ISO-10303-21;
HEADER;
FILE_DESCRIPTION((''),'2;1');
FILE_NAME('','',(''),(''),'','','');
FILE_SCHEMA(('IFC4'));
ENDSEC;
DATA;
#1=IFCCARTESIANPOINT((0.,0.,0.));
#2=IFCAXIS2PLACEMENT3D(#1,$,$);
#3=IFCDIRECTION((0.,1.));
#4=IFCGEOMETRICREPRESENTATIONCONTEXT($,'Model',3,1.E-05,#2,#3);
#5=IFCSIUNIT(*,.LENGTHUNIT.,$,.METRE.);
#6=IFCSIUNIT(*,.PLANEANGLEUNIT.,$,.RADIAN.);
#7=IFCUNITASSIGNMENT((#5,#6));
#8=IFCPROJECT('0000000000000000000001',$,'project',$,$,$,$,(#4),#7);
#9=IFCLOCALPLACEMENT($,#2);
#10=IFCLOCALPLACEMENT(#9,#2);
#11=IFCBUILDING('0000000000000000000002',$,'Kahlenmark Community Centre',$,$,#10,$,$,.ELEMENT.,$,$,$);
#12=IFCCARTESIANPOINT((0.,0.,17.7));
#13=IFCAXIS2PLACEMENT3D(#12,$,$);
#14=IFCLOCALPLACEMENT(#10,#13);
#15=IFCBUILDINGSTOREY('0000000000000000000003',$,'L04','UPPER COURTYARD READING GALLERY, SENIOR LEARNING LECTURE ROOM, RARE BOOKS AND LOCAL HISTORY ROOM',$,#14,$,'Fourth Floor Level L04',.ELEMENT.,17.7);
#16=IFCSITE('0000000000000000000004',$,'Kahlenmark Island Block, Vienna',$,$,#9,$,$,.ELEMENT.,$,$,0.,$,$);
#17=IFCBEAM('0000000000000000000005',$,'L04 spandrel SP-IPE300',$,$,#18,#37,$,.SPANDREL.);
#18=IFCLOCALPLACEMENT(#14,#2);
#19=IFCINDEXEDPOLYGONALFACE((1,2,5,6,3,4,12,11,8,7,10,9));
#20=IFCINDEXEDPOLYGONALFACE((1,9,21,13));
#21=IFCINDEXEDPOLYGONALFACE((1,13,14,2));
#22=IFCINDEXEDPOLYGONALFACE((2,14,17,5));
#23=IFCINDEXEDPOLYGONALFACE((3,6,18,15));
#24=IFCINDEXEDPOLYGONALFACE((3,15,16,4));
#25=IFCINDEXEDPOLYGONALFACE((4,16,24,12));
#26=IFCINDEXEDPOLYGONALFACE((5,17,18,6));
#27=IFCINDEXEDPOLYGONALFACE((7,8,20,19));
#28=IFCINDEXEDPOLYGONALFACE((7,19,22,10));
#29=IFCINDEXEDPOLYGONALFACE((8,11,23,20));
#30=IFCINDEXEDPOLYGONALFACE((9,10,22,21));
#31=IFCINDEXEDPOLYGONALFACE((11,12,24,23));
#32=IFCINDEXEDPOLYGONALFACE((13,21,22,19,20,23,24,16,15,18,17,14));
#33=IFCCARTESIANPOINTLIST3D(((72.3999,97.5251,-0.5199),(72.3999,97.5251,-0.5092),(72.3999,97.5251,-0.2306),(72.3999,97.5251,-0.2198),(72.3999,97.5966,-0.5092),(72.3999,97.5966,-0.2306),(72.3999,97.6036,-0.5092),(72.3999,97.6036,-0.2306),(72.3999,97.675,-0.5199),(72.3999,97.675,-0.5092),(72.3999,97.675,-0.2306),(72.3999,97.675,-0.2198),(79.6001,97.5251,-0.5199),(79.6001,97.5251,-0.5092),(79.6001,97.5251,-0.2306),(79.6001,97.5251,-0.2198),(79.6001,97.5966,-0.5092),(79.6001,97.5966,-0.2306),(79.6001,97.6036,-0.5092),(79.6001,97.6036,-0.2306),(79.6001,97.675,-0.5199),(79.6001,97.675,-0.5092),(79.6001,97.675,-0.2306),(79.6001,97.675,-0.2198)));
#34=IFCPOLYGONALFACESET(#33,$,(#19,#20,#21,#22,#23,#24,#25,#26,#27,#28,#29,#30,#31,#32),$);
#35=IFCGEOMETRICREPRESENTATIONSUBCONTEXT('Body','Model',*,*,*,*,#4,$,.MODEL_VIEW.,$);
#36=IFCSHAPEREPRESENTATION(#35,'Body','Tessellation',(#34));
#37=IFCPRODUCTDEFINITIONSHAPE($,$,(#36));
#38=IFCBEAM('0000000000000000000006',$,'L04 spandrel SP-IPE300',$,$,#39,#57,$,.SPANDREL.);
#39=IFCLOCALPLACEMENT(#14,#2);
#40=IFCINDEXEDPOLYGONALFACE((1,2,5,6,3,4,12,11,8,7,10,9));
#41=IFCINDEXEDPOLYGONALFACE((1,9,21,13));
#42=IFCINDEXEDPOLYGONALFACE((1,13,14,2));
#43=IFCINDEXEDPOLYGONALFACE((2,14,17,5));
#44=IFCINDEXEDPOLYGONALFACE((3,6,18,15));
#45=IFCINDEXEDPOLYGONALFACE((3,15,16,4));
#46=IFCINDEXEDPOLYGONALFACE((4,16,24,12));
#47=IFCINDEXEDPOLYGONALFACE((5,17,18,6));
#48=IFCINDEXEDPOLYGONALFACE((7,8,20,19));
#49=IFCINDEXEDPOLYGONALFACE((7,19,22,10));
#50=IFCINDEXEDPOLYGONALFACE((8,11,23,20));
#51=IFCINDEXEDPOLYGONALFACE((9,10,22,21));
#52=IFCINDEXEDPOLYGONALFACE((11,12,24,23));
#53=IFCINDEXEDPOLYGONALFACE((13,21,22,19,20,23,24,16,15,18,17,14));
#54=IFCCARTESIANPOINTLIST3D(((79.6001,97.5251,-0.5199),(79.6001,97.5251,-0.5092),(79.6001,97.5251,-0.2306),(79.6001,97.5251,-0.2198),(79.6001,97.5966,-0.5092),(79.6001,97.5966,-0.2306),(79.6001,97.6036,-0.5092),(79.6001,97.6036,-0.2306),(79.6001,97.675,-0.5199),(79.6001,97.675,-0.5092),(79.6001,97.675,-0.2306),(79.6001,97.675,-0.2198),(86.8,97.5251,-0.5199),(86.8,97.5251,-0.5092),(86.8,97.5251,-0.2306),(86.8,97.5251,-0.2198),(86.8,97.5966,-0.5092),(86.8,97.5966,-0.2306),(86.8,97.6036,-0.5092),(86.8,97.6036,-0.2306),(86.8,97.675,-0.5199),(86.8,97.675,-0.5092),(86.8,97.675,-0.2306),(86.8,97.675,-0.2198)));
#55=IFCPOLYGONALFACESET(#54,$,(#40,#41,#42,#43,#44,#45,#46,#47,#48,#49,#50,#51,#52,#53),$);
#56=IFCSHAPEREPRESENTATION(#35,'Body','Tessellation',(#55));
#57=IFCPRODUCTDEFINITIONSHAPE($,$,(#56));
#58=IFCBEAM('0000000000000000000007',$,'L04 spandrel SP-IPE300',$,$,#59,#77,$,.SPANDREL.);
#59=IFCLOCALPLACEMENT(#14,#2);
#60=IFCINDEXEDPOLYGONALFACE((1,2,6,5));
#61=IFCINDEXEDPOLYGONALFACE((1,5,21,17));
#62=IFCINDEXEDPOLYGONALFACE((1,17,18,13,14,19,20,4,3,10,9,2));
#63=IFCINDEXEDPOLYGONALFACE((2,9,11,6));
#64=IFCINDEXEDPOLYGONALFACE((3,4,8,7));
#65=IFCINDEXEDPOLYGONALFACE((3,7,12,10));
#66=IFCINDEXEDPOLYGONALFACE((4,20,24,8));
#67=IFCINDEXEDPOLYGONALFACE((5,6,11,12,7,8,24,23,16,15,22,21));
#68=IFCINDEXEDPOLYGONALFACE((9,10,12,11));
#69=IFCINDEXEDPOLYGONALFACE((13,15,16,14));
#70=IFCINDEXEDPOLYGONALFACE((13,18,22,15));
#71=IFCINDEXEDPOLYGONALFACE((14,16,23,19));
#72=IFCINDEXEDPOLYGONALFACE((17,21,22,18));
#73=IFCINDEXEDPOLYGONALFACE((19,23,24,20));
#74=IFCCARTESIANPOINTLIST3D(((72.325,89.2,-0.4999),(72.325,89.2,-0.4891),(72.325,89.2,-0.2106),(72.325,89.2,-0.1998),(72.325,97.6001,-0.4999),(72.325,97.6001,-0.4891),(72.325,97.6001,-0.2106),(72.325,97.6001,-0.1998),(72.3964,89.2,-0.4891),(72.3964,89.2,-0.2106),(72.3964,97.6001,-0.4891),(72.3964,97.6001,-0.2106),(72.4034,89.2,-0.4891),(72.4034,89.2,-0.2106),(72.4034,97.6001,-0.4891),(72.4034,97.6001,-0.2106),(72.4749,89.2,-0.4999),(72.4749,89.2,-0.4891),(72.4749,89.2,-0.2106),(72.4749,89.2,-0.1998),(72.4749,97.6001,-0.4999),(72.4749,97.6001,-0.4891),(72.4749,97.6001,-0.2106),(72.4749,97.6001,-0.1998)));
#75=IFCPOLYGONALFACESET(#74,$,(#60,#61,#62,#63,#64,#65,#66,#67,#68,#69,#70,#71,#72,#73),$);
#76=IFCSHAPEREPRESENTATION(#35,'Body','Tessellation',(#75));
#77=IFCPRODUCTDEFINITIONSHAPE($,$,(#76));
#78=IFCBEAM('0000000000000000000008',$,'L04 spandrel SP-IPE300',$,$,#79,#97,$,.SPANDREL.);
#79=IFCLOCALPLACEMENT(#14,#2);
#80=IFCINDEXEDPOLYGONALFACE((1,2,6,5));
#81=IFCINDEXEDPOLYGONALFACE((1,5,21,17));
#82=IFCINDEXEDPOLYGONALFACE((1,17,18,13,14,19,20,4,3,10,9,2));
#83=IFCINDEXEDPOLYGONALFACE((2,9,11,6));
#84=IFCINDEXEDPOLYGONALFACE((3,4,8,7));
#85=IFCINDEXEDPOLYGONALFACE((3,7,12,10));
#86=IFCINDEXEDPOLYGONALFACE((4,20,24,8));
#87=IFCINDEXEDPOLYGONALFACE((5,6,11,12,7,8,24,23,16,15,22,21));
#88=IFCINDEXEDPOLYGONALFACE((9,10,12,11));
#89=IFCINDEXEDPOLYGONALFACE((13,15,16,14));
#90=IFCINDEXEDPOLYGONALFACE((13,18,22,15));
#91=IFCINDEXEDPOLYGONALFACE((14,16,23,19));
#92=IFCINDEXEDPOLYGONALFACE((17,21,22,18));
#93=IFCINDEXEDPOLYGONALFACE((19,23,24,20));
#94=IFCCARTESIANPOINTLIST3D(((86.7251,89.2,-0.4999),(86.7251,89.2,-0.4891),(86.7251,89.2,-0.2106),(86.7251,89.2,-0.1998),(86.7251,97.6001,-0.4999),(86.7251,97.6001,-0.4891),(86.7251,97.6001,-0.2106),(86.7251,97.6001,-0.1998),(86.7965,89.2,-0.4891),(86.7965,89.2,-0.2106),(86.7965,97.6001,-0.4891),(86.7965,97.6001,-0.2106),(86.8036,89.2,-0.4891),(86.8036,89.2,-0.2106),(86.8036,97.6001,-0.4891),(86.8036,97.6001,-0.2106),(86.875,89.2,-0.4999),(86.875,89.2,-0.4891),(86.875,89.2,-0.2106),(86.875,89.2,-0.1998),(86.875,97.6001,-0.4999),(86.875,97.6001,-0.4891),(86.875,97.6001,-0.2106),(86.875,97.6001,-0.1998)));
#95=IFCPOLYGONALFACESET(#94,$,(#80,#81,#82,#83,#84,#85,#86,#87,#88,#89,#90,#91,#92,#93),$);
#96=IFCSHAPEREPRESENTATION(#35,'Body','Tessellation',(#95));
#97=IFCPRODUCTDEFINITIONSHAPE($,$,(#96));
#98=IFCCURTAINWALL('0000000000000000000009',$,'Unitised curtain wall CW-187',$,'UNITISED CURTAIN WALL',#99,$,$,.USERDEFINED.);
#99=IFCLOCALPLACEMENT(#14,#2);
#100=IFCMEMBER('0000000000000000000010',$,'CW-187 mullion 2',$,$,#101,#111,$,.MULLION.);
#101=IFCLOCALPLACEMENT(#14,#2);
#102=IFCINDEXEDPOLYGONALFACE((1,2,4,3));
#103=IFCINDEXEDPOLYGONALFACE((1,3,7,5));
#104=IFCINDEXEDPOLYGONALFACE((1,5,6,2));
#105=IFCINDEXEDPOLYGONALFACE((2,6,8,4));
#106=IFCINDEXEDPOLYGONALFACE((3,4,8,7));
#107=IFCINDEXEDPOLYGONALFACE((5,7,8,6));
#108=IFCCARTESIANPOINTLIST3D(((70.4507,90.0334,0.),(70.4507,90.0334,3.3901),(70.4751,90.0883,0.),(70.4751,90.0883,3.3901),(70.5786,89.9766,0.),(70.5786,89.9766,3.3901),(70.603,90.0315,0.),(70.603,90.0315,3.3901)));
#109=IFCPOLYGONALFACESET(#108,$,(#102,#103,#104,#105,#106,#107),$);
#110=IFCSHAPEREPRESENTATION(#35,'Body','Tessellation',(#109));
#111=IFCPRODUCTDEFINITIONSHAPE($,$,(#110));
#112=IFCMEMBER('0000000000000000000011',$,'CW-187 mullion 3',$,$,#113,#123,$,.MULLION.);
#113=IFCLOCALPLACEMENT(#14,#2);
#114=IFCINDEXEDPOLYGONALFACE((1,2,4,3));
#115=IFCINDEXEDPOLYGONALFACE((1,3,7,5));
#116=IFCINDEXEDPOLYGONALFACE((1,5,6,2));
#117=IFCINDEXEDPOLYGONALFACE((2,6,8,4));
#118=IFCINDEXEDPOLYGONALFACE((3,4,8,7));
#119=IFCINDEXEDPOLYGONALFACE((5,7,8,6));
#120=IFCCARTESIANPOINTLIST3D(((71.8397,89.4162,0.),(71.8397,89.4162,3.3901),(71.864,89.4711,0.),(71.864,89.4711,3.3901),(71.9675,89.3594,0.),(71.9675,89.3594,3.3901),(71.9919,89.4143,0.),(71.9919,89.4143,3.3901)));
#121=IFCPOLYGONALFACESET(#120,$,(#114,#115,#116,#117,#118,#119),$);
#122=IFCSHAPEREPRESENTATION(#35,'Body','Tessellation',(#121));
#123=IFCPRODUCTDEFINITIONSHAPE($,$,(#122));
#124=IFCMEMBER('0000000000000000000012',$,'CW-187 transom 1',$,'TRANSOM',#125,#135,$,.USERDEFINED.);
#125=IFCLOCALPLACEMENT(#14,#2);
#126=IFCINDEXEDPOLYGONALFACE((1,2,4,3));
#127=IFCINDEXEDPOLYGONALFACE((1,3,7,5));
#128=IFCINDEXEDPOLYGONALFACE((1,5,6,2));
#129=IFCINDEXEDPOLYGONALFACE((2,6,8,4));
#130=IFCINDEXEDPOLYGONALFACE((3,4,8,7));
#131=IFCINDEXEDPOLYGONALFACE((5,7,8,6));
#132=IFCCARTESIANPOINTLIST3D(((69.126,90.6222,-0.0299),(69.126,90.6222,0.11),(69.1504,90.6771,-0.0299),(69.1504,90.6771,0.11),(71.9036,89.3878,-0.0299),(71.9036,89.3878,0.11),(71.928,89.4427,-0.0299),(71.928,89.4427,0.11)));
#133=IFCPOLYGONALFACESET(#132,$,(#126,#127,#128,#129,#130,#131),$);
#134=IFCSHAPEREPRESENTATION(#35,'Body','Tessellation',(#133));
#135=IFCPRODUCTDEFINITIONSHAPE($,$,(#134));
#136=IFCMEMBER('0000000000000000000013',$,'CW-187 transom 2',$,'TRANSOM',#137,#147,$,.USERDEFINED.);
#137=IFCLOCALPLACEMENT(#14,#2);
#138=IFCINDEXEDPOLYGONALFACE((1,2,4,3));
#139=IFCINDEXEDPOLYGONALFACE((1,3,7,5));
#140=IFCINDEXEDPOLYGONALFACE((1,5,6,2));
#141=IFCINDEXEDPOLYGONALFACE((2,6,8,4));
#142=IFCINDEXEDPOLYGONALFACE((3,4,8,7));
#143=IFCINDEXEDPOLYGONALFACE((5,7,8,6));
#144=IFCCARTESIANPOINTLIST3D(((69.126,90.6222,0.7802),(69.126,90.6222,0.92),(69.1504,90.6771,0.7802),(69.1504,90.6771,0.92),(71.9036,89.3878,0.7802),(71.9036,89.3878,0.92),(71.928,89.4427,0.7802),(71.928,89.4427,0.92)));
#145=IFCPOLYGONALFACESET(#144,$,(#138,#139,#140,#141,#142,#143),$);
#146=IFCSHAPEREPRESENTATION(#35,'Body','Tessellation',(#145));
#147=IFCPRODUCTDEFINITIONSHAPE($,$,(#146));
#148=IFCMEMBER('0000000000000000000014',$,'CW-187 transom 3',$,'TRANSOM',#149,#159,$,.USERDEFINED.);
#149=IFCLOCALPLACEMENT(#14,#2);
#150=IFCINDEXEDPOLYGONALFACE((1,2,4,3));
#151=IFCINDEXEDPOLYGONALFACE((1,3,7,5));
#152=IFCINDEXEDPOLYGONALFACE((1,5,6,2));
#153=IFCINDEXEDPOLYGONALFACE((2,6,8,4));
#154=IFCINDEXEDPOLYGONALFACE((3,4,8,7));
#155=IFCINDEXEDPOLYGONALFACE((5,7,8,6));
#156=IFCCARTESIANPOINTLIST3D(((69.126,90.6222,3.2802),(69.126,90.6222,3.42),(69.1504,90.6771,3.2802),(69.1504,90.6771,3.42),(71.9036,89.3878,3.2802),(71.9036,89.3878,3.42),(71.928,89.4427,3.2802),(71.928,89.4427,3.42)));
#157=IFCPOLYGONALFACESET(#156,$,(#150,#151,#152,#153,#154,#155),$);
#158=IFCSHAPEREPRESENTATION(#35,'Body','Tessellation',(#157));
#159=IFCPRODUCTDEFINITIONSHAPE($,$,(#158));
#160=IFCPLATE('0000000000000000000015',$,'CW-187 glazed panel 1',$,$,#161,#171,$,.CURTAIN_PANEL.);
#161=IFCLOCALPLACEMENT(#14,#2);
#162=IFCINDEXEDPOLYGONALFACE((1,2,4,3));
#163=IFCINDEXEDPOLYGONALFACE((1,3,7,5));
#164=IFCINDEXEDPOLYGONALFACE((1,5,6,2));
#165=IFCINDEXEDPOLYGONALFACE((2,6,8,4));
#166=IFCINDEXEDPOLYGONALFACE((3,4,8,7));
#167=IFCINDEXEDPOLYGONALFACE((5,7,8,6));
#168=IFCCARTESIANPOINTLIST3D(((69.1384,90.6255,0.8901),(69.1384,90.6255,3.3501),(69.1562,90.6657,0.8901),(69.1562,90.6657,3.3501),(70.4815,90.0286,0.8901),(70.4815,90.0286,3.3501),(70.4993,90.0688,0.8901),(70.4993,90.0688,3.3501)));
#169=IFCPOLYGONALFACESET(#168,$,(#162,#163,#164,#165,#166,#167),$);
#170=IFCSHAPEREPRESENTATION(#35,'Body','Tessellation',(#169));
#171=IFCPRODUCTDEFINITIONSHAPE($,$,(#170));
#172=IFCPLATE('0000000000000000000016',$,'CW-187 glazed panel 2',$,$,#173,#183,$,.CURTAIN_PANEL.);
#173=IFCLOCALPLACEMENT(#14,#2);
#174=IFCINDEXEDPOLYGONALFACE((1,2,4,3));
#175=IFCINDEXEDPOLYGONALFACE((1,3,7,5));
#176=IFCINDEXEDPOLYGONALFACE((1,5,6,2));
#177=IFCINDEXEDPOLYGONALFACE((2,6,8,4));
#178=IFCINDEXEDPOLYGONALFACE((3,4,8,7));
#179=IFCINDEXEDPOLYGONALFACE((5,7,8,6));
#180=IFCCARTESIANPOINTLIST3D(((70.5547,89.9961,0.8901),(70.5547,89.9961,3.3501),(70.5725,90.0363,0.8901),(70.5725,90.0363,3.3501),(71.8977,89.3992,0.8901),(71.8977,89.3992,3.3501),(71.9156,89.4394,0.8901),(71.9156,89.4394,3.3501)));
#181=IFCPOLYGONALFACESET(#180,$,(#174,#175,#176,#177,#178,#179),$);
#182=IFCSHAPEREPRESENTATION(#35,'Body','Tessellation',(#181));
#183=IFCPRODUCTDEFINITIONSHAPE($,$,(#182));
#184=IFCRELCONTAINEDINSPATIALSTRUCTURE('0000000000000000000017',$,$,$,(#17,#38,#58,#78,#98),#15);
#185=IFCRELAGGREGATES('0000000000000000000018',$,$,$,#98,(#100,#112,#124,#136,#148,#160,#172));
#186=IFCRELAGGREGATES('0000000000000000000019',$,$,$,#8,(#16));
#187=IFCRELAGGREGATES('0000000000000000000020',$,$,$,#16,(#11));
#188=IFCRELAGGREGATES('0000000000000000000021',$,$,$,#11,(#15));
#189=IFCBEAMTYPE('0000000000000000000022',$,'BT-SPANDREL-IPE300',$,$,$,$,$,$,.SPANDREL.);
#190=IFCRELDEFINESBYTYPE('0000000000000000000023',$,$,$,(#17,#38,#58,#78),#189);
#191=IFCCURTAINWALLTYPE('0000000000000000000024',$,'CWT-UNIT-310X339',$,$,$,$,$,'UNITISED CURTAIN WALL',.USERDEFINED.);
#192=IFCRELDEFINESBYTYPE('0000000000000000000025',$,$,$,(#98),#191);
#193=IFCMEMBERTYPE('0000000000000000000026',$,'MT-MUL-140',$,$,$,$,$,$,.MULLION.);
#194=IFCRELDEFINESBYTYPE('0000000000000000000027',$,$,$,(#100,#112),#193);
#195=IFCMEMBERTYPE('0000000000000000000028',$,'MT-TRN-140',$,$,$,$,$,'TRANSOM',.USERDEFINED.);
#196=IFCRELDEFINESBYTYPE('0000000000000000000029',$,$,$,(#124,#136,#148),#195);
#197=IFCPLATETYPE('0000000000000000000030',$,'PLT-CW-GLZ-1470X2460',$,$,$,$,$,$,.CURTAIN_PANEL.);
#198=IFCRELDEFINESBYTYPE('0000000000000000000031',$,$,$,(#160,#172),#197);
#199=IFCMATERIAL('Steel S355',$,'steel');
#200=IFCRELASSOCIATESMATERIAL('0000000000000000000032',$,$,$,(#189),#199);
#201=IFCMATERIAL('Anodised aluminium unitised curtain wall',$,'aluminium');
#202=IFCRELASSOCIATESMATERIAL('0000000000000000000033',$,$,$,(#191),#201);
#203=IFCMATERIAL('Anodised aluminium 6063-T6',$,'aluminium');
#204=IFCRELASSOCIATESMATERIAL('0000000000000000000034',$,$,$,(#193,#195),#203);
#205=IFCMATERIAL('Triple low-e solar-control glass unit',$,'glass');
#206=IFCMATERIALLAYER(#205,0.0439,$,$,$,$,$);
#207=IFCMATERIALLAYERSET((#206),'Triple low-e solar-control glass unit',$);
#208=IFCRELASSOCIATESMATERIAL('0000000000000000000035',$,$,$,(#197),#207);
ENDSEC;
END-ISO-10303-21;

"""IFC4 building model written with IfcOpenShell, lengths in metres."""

from ifc_helpers import new_model, si_unit, direction, frame, origin, origin_2d, place, context, subcontext, project, spatial, rectangle, i_section, extrude, material, layer, layer_set, material_profile, profile_set, type_object, element, aggregate, save


model = new_model("IFC4")

# Units and contexts
model_context = context("Model", 3, precision=1e-05, world=origin(), true_north=direction((0.0, 1.0)))
body_context = subcontext(model_context, "Body", "Model", "MODEL_VIEW")
ifc_project = project(units=[si_unit("LENGTHUNIT", "METRE"), si_unit("PLANEANGLEUNIT", "RADIAN")], contexts=[model_context])

# Site, building, storey
site_placement = place(None, origin())
site = spatial("IfcSite", under=ifc_project, at=site_placement, Name="Kahlenmark Island Block, Vienna", CompositionType="ELEMENT", RefElevation=0.0)
building_placement = place(site_placement, origin())
building = spatial("IfcBuilding", under=site, at=building_placement, Name="Kahlenmark Community Centre", CompositionType="ELEMENT")
storey_placement = place(building_placement, frame((0.0, 0.0, 17.7)))
storey = spatial("IfcBuildingStorey", under=building, at=storey_placement, Name="L04", Description="UPPER COURTYARD READING GALLERY, SENIOR LEARNING LECTURE ROOM, RARE BOOKS AND LOCAL HISTORY ROOM", LongName="Fourth Floor Level L04", CompositionType="ELEMENT", Elevation=17.7)

# Beams
ifc_material_1 = material(Name="Steel S355", Category="steel")
ifc_material_profile_1 = material_profile(ifc_material_1, i_section(OverallWidth=0.1499, OverallDepth=0.3, WebThickness=0.0071, FlangeThickness=0.0107, at=origin_2d()), Name="IPE 300")
ifc_profile_set_1 = profile_set([ifc_material_profile_1], Name="Steel S355")
beam_type_1 = type_object("IfcBeamType", Name="BT-SPANDREL-IPE300", PredefinedType="SPANDREL", material=ifc_profile_set_1)
beam_1_placement = place(storey_placement, frame((72.3999, 97.6001, -0.3699), z_axis=(1.0, 0.0, 0.0), x_axis=(0.0, 1.0, 0.0)))
element("IfcBeam", 1, at=beam_1_placement, inside=storey, type_object=beam_type_1, Name="L04 spandrel SP-IPE300", PredefinedType="SPANDREL", context=body_context, shape_type="SweptSolid", body=[
    extrude(i_section(OverallWidth=0.1499, OverallDepth=0.3, WebThickness=0.0071, FlangeThickness=0.0107, at=origin_2d()), origin(), (0.0, 0.0, 1.0), 7.2002),
])
beam_2_placement = place(storey_placement, frame((79.6001, 97.6001, -0.3699), z_axis=(1.0, 0.0, 0.0), x_axis=(0.0, 1.0, 0.0)))
element("IfcBeam", 2, at=beam_2_placement, inside=storey, type_object=beam_type_1, Name="L04 spandrel SP-IPE300", PredefinedType="SPANDREL", context=body_context, shape_type="SweptSolid", body=[
    extrude(i_section(OverallWidth=0.1499, OverallDepth=0.3, WebThickness=0.0071, FlangeThickness=0.0107, at=origin_2d()), origin(), (0.0, 0.0, 1.0), 7.2),
])
for number, where, z_axis, x_axis, name in (
    (3, (72.3999, 89.2, -0.3499), (0.0, 1.0, 0.0), (-1.0, 0.0, 0.0), "L04 spandrel SP-IPE300"),
    (4, (86.8, 89.2, -0.3499), (0.0, 1.0, 0.0), (-1.0, 0.0, 0.0), "L04 spandrel SP-IPE300"),
):
    element("IfcBeam", number, at=place(storey_placement, frame(where, z_axis=z_axis, x_axis=x_axis)), inside=storey, type_object=beam_type_1, Name=name, PredefinedType="SPANDREL", context=body_context, shape_type="SweptSolid", body=[
        extrude(i_section(OverallWidth=0.1499, OverallDepth=0.3, WebThickness=0.0071, FlangeThickness=0.0107, at=origin_2d()), origin(), (0.0, 0.0, 1.0), 8.4001),
    ])

# Curtain wall, members, plates
ifc_material_2 = material(Name="Anodised aluminium unitised curtain wall", Category="aluminium")
curtain_wall_type = type_object("IfcCurtainWallType", Name="CWT-UNIT-310X339", ElementType="UNITISED CURTAIN WALL", PredefinedType="USERDEFINED", material=ifc_material_2)
curtain_wall_placement = place(storey_placement, origin())
curtain_wall = element("IfcCurtainWall", 5, at=curtain_wall_placement, inside=storey, type_object=curtain_wall_type, Name="Unitised curtain wall CW-187", ObjectType="UNITISED CURTAIN WALL", PredefinedType="USERDEFINED")
ifc_material_3 = material(Name="Anodised aluminium 6063-T6", Category="aluminium")
ifc_material_profile_2 = material_profile(ifc_material_3, rectangle(XDim=0.0601, YDim=0.1399, at=origin_2d()), Name="ALU MULLION 60x140")
ifc_profile_set_2 = profile_set([ifc_material_profile_2], Name="Anodised aluminium 6063-T6")
member_type_1 = type_object("IfcMemberType", Name="MT-MUL-140", PredefinedType="MULLION", material=ifc_profile_set_2)
member_1_placement = place(storey_placement, frame((70.5269, 90.0325, 0.0), z_axis=(0.0, 0.0, 1.0), x_axis=(0.406126, 0.913817, 0.0)))
member_1 = element("IfcMember", 6, at=member_1_placement, type_object=member_type_1, Name="CW-187 mullion 2", PredefinedType="MULLION", context=body_context, shape_type="SweptSolid", body=[
    extrude(rectangle(XDim=0.0601, YDim=0.1399, at=origin_2d()), origin(), (0.0, 0.0, 1.0), 3.3901),
])
member_2_placement = place(storey_placement, frame((71.9158, 89.4153, 0.0), z_axis=(0.0, 0.0, 1.0), x_axis=(0.406126, 0.913817, 0.0)))
member_2 = element("IfcMember", 7, at=member_2_placement, type_object=member_type_1, Name="CW-187 mullion 3", PredefinedType="MULLION", context=body_context, shape_type="SweptSolid", body=[
    extrude(rectangle(XDim=0.0601, YDim=0.1399, at=origin_2d()), origin(), (0.0, 0.0, 1.0), 3.3901),
])
ifc_material_profile_3 = material_profile(ifc_material_3, rectangle(XDim=0.0601, YDim=0.1399, at=origin_2d()), Name="ALU TRANSOM 60x140")
ifc_profile_set_3 = profile_set([ifc_material_profile_3], Name="Anodised aluminium 6063-T6")
member_type_2 = type_object("IfcMemberType", Name="MT-TRN-140", ElementType="TRANSOM", PredefinedType="USERDEFINED", material=ifc_profile_set_3)
member_3_placement = place(storey_placement, frame((69.1382, 90.6497, 0.04), z_axis=(0.913825, -0.406109, 0.0), x_axis=(0.406109, 0.913825, 0.0)))
member_3 = element("IfcMember", 8, at=member_3_placement, type_object=member_type_2, Name="CW-187 transom 1", ObjectType="TRANSOM", PredefinedType="USERDEFINED", context=body_context, shape_type="SweptSolid", body=[
    extrude(rectangle(XDim=0.0601, YDim=0.1399, at=origin_2d()), origin(), (0.0, 0.0, 1.0), 3.0396),
])
member_4_placement = place(storey_placement, frame((69.1382, 90.6497, 0.8501), z_axis=(0.913825, -0.406109, 0.0), x_axis=(0.406109, 0.913825, 0.0)))
member_4 = element("IfcMember", 9, at=member_4_placement, type_object=member_type_2, Name="CW-187 transom 2", ObjectType="TRANSOM", PredefinedType="USERDEFINED", context=body_context, shape_type="SweptSolid", body=[
    extrude(rectangle(XDim=0.0601, YDim=0.1399, at=origin_2d()), origin(), (0.0, 0.0, 1.0), 3.0396),
])
member_5_placement = place(storey_placement, frame((69.1382, 90.6497, 3.3501), z_axis=(0.913825, -0.406109, 0.0), x_axis=(0.406109, 0.913825, 0.0)))
member_5 = element("IfcMember", 10, at=member_5_placement, type_object=member_type_2, Name="CW-187 transom 3", ObjectType="TRANSOM", PredefinedType="USERDEFINED", context=body_context, shape_type="SweptSolid", body=[
    extrude(rectangle(XDim=0.0601, YDim=0.1399, at=origin_2d()), origin(), (0.0, 0.0, 1.0), 3.0396),
])
ifc_material_4 = material(Name="Triple low-e solar-control glass unit", Category="glass")
ifc_layer_1 = layer(ifc_material_4, 0.0439)
ifc_layer_set_1 = layer_set([ifc_layer_1], Name="Triple low-e solar-control glass unit")
plate_type_1 = type_object("IfcPlateType", Name="PLT-CW-GLZ-1470X2460", PredefinedType="CURTAIN_PANEL", material=ifc_layer_set_1)
plate_1_placement = place(storey_placement, frame((69.8188, 90.3472, 0.8901), z_axis=(0.0, 0.0, 1.0), x_axis=(0.913817, -0.406126, 0.0)))
plate_1 = element("IfcPlate", 11, at=plate_1_placement, type_object=plate_type_1, Name="CW-187 glazed panel 1", PredefinedType="CURTAIN_PANEL", context=body_context, shape_type="SweptSolid", body=[
    extrude(rectangle(XDim=1.4697, YDim=0.0439, at=origin_2d()), origin(), (0.0, 0.0, 1.0), 2.46),
])
plate_2_placement = place(storey_placement, frame((71.2351, 89.7178, 0.8901), z_axis=(0.0, 0.0, 1.0), x_axis=(0.913817, -0.406126, 0.0)))
plate_2 = element("IfcPlate", 12, at=plate_2_placement, type_object=plate_type_1, Name="CW-187 glazed panel 2", PredefinedType="CURTAIN_PANEL", context=body_context, shape_type="SweptSolid", body=[
    extrude(rectangle(XDim=1.4697, YDim=0.0439, at=origin_2d()), origin(), (0.0, 0.0, 1.0), 2.46),
])
aggregate(curtain_wall, [member_1, member_2, member_3, member_4, member_5, plate_1, plate_2])

save(model, "model.ifc")
